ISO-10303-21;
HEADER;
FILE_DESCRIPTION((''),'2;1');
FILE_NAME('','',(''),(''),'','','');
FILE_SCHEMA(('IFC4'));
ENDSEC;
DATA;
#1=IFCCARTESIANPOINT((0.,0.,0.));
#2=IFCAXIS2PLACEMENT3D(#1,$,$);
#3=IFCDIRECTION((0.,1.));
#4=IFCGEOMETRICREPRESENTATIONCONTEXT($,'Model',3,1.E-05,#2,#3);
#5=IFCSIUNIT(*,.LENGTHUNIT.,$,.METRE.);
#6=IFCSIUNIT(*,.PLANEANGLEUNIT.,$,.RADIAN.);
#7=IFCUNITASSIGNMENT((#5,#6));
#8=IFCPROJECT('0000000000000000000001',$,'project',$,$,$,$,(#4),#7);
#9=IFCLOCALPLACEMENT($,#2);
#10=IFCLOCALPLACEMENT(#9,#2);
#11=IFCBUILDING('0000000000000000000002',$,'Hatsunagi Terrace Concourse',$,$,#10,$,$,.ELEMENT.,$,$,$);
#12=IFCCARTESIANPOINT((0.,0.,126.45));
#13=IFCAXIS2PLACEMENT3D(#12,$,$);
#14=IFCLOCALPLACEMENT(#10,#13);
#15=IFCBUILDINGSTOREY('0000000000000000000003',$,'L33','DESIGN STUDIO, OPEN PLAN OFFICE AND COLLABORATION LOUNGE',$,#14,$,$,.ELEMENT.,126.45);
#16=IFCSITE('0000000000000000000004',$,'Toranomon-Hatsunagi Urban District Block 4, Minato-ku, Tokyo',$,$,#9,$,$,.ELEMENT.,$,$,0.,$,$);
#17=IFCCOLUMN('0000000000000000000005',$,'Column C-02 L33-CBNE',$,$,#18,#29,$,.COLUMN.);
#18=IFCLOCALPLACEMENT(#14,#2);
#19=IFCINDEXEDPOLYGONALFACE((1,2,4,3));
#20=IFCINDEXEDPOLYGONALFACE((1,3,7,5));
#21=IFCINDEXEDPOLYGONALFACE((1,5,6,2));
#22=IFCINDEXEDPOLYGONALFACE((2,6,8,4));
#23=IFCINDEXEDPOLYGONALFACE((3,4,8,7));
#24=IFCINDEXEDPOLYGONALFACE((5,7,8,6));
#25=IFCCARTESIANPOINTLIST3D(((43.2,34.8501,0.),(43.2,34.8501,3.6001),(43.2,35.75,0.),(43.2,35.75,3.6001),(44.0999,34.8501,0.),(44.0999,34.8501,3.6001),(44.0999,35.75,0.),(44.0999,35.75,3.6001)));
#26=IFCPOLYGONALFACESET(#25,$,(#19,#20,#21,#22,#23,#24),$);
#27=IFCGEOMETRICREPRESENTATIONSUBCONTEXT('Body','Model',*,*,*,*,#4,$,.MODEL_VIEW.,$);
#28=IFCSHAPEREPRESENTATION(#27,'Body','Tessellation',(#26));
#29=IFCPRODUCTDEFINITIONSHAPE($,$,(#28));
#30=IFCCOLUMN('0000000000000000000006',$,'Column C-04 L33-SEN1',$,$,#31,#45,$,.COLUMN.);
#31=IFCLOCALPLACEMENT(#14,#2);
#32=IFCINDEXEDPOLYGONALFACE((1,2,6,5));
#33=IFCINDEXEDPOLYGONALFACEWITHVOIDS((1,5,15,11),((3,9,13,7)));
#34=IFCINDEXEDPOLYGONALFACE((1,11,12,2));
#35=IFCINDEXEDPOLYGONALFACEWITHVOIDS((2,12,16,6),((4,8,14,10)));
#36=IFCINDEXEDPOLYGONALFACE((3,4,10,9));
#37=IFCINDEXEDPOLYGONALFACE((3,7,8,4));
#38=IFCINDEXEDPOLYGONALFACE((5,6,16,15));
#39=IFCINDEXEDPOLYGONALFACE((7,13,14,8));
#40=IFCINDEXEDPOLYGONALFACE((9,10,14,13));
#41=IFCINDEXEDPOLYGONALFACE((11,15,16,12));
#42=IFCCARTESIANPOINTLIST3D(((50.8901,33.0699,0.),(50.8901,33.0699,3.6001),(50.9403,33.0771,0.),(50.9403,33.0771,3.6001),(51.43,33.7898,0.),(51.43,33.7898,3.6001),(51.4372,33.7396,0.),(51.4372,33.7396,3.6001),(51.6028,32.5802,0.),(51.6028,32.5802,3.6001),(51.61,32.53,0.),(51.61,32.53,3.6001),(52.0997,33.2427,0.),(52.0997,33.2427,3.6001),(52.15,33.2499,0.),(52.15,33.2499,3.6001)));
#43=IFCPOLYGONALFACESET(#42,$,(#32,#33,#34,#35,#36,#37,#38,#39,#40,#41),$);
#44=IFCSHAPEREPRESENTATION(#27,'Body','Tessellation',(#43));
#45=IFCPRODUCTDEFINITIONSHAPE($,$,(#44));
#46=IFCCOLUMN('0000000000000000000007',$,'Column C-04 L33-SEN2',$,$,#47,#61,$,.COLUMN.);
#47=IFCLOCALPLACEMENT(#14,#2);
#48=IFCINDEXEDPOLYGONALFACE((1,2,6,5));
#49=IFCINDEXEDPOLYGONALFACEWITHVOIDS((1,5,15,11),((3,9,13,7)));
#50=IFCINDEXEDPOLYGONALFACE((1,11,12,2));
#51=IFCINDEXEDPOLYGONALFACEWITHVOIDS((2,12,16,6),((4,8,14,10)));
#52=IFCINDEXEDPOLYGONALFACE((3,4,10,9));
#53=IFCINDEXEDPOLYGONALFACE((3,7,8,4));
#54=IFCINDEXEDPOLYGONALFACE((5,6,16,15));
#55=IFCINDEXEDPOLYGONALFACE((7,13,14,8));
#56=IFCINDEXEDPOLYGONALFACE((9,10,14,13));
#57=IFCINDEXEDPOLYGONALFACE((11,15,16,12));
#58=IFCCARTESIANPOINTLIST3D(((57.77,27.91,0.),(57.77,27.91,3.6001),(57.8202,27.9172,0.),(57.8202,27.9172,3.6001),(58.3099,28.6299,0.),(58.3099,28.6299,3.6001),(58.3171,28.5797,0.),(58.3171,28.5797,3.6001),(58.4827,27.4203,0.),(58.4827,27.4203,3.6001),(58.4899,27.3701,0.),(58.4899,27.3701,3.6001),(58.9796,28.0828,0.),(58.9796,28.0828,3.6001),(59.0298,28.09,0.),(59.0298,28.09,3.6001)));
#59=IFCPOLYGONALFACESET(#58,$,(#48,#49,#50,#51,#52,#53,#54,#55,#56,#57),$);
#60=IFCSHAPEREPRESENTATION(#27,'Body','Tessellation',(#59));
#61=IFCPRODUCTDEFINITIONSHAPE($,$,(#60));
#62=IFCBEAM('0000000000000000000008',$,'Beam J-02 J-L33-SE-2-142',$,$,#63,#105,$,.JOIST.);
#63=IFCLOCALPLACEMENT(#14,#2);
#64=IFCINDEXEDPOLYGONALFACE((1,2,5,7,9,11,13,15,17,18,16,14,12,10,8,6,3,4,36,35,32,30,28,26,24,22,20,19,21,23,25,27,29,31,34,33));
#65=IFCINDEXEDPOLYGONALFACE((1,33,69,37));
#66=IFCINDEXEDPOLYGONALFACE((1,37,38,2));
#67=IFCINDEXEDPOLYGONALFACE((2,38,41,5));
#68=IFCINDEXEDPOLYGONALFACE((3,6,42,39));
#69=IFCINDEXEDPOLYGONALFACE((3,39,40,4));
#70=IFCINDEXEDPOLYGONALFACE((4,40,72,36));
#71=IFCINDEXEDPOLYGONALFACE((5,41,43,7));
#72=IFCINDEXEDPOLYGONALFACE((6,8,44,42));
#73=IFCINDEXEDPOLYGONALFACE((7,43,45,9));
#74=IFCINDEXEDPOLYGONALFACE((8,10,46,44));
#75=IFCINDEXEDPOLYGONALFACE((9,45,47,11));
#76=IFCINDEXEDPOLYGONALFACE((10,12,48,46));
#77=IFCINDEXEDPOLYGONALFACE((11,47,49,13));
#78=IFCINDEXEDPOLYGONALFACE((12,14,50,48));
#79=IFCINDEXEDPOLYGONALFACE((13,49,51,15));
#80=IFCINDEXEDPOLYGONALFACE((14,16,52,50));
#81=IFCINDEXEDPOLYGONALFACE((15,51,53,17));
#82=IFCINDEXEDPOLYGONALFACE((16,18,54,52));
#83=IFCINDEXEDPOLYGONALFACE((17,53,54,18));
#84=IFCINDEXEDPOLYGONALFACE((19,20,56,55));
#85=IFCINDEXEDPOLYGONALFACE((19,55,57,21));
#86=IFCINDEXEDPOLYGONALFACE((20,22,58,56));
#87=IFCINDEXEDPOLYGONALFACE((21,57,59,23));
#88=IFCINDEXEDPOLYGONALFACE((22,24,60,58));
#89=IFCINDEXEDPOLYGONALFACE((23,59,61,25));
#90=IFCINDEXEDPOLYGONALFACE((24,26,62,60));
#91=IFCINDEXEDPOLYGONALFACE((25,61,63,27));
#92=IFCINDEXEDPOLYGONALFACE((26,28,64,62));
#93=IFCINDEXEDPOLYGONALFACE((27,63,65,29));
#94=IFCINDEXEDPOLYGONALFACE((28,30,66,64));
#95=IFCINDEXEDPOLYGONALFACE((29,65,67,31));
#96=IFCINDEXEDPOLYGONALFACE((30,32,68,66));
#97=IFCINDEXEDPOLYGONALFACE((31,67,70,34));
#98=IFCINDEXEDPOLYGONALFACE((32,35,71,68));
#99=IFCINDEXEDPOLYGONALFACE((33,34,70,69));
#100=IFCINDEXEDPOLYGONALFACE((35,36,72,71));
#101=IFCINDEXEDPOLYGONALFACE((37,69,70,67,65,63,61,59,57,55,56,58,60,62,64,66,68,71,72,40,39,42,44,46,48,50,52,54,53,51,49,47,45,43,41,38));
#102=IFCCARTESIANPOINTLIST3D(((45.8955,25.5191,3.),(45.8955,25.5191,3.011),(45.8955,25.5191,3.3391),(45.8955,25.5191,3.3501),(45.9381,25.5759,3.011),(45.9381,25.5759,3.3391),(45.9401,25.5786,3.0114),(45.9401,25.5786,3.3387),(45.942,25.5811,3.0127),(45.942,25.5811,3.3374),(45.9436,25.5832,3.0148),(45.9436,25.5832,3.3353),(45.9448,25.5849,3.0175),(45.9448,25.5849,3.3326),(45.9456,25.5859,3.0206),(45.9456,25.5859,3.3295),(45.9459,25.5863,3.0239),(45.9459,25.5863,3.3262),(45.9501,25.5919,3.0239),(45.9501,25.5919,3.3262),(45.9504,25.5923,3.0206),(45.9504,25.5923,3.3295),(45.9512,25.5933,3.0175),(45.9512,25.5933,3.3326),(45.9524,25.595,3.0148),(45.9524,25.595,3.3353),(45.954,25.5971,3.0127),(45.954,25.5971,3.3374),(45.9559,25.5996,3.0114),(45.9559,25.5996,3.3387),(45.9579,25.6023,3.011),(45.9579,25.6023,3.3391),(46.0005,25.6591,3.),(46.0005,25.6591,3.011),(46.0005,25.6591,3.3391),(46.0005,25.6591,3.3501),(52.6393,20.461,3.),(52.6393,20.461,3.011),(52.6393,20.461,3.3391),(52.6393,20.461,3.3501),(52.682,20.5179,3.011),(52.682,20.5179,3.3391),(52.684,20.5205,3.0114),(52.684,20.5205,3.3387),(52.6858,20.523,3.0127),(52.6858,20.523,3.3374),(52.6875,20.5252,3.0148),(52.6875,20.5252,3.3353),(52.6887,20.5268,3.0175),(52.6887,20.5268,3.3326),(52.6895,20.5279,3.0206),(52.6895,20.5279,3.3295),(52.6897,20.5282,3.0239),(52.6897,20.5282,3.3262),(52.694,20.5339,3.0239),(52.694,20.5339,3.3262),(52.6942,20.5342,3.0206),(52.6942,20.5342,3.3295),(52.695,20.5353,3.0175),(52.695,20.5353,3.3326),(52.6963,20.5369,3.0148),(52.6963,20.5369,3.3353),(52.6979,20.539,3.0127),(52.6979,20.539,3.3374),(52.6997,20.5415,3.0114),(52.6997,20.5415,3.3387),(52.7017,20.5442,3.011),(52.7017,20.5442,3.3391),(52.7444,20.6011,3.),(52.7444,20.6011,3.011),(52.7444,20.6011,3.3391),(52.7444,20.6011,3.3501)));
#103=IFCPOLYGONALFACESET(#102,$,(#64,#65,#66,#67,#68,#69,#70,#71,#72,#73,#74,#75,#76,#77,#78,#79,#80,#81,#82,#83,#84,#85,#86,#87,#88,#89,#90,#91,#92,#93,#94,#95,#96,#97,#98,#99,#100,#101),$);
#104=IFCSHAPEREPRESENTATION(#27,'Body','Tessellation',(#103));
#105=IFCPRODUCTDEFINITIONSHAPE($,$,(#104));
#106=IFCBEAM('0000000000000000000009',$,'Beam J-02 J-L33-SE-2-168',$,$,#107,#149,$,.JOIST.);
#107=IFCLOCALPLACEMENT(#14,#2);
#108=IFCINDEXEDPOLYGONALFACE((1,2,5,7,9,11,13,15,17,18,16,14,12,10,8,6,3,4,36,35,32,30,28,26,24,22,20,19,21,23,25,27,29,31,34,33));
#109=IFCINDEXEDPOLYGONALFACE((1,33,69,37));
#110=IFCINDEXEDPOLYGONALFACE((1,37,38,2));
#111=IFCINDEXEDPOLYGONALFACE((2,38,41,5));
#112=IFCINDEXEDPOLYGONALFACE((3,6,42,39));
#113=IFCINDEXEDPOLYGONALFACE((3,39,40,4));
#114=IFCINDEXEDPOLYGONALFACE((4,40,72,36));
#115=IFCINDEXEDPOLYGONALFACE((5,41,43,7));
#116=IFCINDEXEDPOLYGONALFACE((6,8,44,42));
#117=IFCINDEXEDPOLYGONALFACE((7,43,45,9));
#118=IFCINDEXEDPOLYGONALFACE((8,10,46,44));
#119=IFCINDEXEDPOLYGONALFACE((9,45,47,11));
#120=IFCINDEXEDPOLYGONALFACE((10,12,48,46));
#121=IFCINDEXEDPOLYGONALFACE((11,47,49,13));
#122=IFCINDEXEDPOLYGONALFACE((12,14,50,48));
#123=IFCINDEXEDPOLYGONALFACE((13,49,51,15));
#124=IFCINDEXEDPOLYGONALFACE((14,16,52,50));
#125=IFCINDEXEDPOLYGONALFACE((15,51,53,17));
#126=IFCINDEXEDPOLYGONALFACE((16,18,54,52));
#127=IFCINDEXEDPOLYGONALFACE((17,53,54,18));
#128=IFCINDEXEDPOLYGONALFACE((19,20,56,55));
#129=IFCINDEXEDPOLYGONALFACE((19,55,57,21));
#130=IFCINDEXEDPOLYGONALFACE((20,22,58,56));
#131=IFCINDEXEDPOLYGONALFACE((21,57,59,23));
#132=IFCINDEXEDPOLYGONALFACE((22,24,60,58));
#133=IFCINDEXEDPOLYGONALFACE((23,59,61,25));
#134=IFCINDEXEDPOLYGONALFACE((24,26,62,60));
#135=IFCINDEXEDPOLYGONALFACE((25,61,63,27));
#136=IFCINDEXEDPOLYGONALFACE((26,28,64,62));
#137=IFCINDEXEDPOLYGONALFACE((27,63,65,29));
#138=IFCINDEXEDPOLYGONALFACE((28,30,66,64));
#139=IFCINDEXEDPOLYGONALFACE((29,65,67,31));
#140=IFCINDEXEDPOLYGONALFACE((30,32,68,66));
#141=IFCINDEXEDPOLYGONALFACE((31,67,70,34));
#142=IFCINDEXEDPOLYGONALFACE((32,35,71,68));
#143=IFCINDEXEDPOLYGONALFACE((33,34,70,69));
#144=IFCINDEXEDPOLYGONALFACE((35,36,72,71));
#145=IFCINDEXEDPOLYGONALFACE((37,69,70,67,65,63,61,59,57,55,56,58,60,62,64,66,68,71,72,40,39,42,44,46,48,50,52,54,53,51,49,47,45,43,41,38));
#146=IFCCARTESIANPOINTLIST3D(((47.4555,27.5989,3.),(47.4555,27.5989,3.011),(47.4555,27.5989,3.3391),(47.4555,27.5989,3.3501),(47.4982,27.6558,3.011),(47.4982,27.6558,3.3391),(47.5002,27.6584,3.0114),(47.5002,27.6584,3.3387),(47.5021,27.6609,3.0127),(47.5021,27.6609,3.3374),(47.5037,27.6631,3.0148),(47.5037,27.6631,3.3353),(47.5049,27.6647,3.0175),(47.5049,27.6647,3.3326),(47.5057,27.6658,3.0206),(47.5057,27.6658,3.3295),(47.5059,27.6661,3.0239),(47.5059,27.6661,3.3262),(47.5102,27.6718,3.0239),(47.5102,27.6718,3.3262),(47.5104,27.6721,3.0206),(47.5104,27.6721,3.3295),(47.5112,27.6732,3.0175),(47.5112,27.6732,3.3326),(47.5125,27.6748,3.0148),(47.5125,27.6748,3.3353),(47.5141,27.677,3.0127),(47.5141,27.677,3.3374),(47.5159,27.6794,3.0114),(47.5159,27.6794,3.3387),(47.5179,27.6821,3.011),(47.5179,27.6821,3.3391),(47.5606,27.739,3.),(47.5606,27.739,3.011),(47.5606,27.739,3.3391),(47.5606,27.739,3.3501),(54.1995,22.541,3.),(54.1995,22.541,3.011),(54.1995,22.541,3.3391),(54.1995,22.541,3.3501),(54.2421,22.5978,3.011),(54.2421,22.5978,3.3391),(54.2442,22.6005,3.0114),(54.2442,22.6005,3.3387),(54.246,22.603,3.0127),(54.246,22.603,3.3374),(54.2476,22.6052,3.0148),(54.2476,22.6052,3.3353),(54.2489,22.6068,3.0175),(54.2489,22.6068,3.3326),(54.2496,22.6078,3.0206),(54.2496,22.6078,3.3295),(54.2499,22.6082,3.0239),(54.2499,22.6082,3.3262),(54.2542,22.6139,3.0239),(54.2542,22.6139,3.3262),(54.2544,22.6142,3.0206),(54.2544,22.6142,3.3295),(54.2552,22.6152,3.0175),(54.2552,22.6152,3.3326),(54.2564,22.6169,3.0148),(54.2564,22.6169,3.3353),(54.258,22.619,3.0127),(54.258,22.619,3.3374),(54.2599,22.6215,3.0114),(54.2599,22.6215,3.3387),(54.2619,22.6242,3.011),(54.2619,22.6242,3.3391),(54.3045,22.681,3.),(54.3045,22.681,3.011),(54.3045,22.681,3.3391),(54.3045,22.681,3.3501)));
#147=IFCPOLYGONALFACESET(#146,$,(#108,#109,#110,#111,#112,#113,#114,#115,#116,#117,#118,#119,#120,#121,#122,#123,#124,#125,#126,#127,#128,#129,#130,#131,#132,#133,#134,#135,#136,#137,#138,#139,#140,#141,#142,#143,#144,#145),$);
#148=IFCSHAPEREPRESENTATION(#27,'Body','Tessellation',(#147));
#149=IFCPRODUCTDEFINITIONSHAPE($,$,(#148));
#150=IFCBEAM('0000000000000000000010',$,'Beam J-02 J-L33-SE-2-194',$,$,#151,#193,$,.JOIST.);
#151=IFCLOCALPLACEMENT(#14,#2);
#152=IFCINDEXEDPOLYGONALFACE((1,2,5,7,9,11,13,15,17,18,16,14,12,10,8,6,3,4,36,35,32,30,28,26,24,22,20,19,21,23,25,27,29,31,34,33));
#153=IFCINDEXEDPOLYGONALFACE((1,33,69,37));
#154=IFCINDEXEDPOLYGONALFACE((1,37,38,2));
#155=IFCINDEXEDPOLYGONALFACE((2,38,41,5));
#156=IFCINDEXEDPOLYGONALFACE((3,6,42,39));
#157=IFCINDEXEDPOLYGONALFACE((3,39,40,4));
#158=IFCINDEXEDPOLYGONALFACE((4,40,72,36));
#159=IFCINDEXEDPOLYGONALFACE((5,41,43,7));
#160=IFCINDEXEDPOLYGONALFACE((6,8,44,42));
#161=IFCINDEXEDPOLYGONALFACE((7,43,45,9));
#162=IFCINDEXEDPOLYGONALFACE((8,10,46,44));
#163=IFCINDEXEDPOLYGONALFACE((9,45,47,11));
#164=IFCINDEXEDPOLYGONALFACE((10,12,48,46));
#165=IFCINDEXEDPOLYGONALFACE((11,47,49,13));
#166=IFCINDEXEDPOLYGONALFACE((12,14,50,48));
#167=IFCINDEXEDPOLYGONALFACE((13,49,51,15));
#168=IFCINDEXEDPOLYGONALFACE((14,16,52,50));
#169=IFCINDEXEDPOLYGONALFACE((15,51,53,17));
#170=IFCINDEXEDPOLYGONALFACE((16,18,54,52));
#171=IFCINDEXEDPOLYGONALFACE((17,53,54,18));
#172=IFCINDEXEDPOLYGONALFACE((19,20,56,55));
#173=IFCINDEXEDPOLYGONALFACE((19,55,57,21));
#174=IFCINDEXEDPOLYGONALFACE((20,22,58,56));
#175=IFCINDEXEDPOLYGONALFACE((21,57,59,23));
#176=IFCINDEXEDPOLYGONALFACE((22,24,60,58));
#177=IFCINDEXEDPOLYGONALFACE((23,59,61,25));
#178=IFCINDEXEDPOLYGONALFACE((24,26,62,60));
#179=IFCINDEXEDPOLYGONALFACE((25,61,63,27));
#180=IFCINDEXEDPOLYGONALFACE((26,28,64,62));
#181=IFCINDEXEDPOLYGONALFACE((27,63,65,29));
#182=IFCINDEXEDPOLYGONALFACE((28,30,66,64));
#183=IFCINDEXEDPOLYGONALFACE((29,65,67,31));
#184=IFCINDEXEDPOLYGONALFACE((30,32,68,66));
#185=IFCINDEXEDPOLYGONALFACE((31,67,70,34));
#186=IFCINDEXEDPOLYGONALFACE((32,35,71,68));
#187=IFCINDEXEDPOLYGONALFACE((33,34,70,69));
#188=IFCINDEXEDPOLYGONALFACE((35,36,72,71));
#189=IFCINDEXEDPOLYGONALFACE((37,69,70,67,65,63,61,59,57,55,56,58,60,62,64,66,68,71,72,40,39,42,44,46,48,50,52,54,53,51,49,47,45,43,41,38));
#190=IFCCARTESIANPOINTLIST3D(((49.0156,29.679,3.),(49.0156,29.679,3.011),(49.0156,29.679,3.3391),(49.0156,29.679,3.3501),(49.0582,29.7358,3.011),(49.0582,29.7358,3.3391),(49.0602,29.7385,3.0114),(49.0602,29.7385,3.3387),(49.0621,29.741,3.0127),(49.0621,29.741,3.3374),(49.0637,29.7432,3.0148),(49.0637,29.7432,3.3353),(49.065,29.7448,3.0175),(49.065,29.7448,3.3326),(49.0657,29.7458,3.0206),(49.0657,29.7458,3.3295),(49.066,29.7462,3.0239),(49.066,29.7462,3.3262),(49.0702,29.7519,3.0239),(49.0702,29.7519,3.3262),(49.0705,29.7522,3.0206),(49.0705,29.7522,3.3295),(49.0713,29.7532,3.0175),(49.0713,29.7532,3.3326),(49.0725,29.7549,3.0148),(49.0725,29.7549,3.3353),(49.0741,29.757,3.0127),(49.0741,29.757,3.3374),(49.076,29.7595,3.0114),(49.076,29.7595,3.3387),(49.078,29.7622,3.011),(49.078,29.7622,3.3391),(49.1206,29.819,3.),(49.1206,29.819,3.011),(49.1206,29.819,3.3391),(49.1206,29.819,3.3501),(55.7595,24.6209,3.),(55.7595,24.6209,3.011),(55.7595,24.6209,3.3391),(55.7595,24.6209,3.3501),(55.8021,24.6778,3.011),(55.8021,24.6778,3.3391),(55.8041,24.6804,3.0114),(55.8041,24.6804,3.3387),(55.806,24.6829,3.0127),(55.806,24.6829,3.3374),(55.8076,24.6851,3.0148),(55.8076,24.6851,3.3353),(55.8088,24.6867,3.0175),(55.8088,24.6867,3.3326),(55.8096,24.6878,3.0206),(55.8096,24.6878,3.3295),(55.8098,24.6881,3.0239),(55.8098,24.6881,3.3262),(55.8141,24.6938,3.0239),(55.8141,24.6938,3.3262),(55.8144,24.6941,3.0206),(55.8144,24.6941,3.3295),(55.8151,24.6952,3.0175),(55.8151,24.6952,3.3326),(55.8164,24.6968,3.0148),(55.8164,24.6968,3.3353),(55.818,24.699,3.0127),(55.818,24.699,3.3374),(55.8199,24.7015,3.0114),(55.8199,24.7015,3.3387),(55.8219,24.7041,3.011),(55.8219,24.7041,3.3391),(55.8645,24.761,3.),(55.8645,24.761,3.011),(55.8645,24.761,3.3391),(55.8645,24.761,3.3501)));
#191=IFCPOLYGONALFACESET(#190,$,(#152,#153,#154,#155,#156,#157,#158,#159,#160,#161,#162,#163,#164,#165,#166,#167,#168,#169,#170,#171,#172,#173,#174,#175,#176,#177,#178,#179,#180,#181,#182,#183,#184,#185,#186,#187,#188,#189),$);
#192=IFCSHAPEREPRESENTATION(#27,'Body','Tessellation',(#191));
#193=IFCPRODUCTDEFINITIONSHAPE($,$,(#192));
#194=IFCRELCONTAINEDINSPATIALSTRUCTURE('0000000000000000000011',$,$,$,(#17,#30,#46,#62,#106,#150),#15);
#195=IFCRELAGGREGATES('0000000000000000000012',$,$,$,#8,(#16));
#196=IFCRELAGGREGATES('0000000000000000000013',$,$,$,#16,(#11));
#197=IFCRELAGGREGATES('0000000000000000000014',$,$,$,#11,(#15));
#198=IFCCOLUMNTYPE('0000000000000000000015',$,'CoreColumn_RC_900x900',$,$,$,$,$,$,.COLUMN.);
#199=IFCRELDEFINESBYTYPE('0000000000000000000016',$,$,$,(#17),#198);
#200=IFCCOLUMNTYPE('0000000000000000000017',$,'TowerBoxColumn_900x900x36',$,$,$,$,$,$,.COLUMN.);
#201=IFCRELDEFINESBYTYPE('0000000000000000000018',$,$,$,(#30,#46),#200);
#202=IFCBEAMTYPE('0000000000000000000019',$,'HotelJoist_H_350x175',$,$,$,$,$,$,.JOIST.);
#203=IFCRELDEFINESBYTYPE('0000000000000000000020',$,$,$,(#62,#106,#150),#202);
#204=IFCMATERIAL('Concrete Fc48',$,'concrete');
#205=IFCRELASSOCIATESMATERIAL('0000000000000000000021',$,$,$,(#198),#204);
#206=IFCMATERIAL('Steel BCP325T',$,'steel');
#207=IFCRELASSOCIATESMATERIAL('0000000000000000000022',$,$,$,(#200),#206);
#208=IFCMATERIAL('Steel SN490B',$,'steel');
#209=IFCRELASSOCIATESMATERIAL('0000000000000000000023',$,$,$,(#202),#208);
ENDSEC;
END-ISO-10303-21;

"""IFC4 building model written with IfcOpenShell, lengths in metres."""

from ifc_helpers import new_model, si_unit, direction, frame, origin, origin_2d, place, context, subcontext, project, spatial, rectangle, hollow_rectangle, i_section, extrude, material, material_profile, profile_set, type_object, element, save


model = new_model("IFC4")

# Units and contexts
model_context = context("Model", 3, precision=1e-05, world=origin(), true_north=direction((0.0, 1.0)))
body_context = subcontext(model_context, "Body", "Model", "MODEL_VIEW")
ifc_project = project(units=[si_unit("LENGTHUNIT", "METRE"), si_unit("PLANEANGLEUNIT", "RADIAN")], contexts=[model_context])

# Site, building, storey
site_placement = place(None, origin())
site = spatial("IfcSite", under=ifc_project, at=site_placement, Name="Toranomon-Hatsunagi Urban District Block 4, Minato-ku, Tokyo", CompositionType="ELEMENT", RefElevation=0.0)
building_placement = place(site_placement, origin())
building = spatial("IfcBuilding", under=site, at=building_placement, Name="Hatsunagi Terrace Concourse", CompositionType="ELEMENT")
storey_placement = place(building_placement, frame((0.0, 0.0, 126.45)))
storey = spatial("IfcBuildingStorey", under=building, at=storey_placement, Name="L33", Description="DESIGN STUDIO, OPEN PLAN OFFICE AND COLLABORATION LOUNGE", CompositionType="ELEMENT", Elevation=126.45)

# Columns
ifc_material_1 = material(Name="Concrete Fc48", Category="concrete")
ifc_material_profile_1 = material_profile(ifc_material_1, rectangle(XDim=0.8999, YDim=0.8999, at=origin_2d()), Name="RC-900x900")
ifc_profile_set_1 = profile_set([ifc_material_profile_1], Name="Concrete Fc48")
column_type_1 = type_object("IfcColumnType", Name="CoreColumn_RC_900x900", PredefinedType="COLUMN", material=ifc_profile_set_1)
column_placement = place(storey_placement, frame((43.6499, 35.3, 0.0), z_axis=(0.0, 0.0, 1.0), x_axis=(1.0, 0.0, 0.0)))
element("IfcColumn", 1, at=column_placement, inside=storey, type_object=column_type_1, Name="Column C-02 L33-CBNE", PredefinedType="COLUMN", context=body_context, shape_type="SweptSolid", body=[
    extrude(rectangle(XDim=0.8999, YDim=0.8999, at=origin_2d()), origin(), (0.0, 0.0, 1.0), 3.6001),
])
ifc_material_2 = material(Name="Steel BCP325T", Category="steel")
ifc_material_profile_2 = material_profile(ifc_material_2, hollow_rectangle(XDim=0.8999, YDim=0.8999, WallThickness=0.0359, at=origin_2d()), Name="BCP-900x900x36")
ifc_profile_set_2 = profile_set([ifc_material_profile_2], Name="Steel BCP325T")
column_type_2 = type_object("IfcColumnType", Name="TowerBoxColumn_900x900x36", PredefinedType="COLUMN", material=ifc_profile_set_2)
for number, where, z_axis, x_axis, name in (
    (2, (51.52, 33.1599, 0.0), (0.0, 0.0, 1.0), (0.8, -0.6, 0.0), "Column C-04 L33-SEN1"),
    (3, (58.3999, 28.0, 0.0), (0.0, 0.0, 1.0), (0.8, -0.6, 0.0), "Column C-04 L33-SEN2"),
):
    element("IfcColumn", number, at=place(storey_placement, frame(where, z_axis=z_axis, x_axis=x_axis)), inside=storey, type_object=column_type_2, Name=name, PredefinedType="COLUMN", context=body_context, shape_type="SweptSolid", body=[
        extrude(hollow_rectangle(XDim=0.8999, YDim=0.8999, WallThickness=0.0359, at=origin_2d()), origin(), (0.0, 0.0, 1.0), 3.6001),
    ])

# Beams
ifc_material_3 = material(Name="Steel SN490B", Category="steel")
ifc_material_profile_3 = material_profile(ifc_material_3, i_section(OverallWidth=0.175, OverallDepth=0.3501, WebThickness=0.0071, FlangeThickness=0.011, FilletRadius=0.0129, at=origin_2d()), Name="H-350x175x7x11")
ifc_profile_set_3 = profile_set([ifc_material_profile_3], Name="Steel SN490B")
beam_type_1 = type_object("IfcBeamType", Name="HotelJoist_H_350x175", PredefinedType="JOIST", material=ifc_profile_set_3)
for number, where, z_axis, x_axis, name in (
    (4, (45.948, 25.5891, 3.175), (0.79999, -0.600014, 0.0), (0.600014, 0.79999, 0.0), "Beam J-02 J-L33-SE-2-142"),
    (5, (47.5081, 27.6689, 3.175), (0.800003, -0.599995, 0.0), (0.599995, 0.800003, 0.0), "Beam J-02 J-L33-SE-2-168"),
    (6, (49.0681, 29.749, 3.175), (0.79999, -0.600014, 0.0), (0.600014, 0.79999, 0.0), "Beam J-02 J-L33-SE-2-194"),
):
    element("IfcBeam", number, at=place(storey_placement, frame(where, z_axis=z_axis, x_axis=x_axis)), inside=storey, type_object=beam_type_1, Name=name, PredefinedType="JOIST", context=body_context, shape_type="SweptSolid", body=[
        extrude(i_section(OverallWidth=0.175, OverallDepth=0.3501, WebThickness=0.0071, FlangeThickness=0.011, FilletRadius=0.0129, at=origin_2d()), origin(), (0.0, 0.0, 1.0), 8.4299),
    ])

save(model, "model.ifc")
